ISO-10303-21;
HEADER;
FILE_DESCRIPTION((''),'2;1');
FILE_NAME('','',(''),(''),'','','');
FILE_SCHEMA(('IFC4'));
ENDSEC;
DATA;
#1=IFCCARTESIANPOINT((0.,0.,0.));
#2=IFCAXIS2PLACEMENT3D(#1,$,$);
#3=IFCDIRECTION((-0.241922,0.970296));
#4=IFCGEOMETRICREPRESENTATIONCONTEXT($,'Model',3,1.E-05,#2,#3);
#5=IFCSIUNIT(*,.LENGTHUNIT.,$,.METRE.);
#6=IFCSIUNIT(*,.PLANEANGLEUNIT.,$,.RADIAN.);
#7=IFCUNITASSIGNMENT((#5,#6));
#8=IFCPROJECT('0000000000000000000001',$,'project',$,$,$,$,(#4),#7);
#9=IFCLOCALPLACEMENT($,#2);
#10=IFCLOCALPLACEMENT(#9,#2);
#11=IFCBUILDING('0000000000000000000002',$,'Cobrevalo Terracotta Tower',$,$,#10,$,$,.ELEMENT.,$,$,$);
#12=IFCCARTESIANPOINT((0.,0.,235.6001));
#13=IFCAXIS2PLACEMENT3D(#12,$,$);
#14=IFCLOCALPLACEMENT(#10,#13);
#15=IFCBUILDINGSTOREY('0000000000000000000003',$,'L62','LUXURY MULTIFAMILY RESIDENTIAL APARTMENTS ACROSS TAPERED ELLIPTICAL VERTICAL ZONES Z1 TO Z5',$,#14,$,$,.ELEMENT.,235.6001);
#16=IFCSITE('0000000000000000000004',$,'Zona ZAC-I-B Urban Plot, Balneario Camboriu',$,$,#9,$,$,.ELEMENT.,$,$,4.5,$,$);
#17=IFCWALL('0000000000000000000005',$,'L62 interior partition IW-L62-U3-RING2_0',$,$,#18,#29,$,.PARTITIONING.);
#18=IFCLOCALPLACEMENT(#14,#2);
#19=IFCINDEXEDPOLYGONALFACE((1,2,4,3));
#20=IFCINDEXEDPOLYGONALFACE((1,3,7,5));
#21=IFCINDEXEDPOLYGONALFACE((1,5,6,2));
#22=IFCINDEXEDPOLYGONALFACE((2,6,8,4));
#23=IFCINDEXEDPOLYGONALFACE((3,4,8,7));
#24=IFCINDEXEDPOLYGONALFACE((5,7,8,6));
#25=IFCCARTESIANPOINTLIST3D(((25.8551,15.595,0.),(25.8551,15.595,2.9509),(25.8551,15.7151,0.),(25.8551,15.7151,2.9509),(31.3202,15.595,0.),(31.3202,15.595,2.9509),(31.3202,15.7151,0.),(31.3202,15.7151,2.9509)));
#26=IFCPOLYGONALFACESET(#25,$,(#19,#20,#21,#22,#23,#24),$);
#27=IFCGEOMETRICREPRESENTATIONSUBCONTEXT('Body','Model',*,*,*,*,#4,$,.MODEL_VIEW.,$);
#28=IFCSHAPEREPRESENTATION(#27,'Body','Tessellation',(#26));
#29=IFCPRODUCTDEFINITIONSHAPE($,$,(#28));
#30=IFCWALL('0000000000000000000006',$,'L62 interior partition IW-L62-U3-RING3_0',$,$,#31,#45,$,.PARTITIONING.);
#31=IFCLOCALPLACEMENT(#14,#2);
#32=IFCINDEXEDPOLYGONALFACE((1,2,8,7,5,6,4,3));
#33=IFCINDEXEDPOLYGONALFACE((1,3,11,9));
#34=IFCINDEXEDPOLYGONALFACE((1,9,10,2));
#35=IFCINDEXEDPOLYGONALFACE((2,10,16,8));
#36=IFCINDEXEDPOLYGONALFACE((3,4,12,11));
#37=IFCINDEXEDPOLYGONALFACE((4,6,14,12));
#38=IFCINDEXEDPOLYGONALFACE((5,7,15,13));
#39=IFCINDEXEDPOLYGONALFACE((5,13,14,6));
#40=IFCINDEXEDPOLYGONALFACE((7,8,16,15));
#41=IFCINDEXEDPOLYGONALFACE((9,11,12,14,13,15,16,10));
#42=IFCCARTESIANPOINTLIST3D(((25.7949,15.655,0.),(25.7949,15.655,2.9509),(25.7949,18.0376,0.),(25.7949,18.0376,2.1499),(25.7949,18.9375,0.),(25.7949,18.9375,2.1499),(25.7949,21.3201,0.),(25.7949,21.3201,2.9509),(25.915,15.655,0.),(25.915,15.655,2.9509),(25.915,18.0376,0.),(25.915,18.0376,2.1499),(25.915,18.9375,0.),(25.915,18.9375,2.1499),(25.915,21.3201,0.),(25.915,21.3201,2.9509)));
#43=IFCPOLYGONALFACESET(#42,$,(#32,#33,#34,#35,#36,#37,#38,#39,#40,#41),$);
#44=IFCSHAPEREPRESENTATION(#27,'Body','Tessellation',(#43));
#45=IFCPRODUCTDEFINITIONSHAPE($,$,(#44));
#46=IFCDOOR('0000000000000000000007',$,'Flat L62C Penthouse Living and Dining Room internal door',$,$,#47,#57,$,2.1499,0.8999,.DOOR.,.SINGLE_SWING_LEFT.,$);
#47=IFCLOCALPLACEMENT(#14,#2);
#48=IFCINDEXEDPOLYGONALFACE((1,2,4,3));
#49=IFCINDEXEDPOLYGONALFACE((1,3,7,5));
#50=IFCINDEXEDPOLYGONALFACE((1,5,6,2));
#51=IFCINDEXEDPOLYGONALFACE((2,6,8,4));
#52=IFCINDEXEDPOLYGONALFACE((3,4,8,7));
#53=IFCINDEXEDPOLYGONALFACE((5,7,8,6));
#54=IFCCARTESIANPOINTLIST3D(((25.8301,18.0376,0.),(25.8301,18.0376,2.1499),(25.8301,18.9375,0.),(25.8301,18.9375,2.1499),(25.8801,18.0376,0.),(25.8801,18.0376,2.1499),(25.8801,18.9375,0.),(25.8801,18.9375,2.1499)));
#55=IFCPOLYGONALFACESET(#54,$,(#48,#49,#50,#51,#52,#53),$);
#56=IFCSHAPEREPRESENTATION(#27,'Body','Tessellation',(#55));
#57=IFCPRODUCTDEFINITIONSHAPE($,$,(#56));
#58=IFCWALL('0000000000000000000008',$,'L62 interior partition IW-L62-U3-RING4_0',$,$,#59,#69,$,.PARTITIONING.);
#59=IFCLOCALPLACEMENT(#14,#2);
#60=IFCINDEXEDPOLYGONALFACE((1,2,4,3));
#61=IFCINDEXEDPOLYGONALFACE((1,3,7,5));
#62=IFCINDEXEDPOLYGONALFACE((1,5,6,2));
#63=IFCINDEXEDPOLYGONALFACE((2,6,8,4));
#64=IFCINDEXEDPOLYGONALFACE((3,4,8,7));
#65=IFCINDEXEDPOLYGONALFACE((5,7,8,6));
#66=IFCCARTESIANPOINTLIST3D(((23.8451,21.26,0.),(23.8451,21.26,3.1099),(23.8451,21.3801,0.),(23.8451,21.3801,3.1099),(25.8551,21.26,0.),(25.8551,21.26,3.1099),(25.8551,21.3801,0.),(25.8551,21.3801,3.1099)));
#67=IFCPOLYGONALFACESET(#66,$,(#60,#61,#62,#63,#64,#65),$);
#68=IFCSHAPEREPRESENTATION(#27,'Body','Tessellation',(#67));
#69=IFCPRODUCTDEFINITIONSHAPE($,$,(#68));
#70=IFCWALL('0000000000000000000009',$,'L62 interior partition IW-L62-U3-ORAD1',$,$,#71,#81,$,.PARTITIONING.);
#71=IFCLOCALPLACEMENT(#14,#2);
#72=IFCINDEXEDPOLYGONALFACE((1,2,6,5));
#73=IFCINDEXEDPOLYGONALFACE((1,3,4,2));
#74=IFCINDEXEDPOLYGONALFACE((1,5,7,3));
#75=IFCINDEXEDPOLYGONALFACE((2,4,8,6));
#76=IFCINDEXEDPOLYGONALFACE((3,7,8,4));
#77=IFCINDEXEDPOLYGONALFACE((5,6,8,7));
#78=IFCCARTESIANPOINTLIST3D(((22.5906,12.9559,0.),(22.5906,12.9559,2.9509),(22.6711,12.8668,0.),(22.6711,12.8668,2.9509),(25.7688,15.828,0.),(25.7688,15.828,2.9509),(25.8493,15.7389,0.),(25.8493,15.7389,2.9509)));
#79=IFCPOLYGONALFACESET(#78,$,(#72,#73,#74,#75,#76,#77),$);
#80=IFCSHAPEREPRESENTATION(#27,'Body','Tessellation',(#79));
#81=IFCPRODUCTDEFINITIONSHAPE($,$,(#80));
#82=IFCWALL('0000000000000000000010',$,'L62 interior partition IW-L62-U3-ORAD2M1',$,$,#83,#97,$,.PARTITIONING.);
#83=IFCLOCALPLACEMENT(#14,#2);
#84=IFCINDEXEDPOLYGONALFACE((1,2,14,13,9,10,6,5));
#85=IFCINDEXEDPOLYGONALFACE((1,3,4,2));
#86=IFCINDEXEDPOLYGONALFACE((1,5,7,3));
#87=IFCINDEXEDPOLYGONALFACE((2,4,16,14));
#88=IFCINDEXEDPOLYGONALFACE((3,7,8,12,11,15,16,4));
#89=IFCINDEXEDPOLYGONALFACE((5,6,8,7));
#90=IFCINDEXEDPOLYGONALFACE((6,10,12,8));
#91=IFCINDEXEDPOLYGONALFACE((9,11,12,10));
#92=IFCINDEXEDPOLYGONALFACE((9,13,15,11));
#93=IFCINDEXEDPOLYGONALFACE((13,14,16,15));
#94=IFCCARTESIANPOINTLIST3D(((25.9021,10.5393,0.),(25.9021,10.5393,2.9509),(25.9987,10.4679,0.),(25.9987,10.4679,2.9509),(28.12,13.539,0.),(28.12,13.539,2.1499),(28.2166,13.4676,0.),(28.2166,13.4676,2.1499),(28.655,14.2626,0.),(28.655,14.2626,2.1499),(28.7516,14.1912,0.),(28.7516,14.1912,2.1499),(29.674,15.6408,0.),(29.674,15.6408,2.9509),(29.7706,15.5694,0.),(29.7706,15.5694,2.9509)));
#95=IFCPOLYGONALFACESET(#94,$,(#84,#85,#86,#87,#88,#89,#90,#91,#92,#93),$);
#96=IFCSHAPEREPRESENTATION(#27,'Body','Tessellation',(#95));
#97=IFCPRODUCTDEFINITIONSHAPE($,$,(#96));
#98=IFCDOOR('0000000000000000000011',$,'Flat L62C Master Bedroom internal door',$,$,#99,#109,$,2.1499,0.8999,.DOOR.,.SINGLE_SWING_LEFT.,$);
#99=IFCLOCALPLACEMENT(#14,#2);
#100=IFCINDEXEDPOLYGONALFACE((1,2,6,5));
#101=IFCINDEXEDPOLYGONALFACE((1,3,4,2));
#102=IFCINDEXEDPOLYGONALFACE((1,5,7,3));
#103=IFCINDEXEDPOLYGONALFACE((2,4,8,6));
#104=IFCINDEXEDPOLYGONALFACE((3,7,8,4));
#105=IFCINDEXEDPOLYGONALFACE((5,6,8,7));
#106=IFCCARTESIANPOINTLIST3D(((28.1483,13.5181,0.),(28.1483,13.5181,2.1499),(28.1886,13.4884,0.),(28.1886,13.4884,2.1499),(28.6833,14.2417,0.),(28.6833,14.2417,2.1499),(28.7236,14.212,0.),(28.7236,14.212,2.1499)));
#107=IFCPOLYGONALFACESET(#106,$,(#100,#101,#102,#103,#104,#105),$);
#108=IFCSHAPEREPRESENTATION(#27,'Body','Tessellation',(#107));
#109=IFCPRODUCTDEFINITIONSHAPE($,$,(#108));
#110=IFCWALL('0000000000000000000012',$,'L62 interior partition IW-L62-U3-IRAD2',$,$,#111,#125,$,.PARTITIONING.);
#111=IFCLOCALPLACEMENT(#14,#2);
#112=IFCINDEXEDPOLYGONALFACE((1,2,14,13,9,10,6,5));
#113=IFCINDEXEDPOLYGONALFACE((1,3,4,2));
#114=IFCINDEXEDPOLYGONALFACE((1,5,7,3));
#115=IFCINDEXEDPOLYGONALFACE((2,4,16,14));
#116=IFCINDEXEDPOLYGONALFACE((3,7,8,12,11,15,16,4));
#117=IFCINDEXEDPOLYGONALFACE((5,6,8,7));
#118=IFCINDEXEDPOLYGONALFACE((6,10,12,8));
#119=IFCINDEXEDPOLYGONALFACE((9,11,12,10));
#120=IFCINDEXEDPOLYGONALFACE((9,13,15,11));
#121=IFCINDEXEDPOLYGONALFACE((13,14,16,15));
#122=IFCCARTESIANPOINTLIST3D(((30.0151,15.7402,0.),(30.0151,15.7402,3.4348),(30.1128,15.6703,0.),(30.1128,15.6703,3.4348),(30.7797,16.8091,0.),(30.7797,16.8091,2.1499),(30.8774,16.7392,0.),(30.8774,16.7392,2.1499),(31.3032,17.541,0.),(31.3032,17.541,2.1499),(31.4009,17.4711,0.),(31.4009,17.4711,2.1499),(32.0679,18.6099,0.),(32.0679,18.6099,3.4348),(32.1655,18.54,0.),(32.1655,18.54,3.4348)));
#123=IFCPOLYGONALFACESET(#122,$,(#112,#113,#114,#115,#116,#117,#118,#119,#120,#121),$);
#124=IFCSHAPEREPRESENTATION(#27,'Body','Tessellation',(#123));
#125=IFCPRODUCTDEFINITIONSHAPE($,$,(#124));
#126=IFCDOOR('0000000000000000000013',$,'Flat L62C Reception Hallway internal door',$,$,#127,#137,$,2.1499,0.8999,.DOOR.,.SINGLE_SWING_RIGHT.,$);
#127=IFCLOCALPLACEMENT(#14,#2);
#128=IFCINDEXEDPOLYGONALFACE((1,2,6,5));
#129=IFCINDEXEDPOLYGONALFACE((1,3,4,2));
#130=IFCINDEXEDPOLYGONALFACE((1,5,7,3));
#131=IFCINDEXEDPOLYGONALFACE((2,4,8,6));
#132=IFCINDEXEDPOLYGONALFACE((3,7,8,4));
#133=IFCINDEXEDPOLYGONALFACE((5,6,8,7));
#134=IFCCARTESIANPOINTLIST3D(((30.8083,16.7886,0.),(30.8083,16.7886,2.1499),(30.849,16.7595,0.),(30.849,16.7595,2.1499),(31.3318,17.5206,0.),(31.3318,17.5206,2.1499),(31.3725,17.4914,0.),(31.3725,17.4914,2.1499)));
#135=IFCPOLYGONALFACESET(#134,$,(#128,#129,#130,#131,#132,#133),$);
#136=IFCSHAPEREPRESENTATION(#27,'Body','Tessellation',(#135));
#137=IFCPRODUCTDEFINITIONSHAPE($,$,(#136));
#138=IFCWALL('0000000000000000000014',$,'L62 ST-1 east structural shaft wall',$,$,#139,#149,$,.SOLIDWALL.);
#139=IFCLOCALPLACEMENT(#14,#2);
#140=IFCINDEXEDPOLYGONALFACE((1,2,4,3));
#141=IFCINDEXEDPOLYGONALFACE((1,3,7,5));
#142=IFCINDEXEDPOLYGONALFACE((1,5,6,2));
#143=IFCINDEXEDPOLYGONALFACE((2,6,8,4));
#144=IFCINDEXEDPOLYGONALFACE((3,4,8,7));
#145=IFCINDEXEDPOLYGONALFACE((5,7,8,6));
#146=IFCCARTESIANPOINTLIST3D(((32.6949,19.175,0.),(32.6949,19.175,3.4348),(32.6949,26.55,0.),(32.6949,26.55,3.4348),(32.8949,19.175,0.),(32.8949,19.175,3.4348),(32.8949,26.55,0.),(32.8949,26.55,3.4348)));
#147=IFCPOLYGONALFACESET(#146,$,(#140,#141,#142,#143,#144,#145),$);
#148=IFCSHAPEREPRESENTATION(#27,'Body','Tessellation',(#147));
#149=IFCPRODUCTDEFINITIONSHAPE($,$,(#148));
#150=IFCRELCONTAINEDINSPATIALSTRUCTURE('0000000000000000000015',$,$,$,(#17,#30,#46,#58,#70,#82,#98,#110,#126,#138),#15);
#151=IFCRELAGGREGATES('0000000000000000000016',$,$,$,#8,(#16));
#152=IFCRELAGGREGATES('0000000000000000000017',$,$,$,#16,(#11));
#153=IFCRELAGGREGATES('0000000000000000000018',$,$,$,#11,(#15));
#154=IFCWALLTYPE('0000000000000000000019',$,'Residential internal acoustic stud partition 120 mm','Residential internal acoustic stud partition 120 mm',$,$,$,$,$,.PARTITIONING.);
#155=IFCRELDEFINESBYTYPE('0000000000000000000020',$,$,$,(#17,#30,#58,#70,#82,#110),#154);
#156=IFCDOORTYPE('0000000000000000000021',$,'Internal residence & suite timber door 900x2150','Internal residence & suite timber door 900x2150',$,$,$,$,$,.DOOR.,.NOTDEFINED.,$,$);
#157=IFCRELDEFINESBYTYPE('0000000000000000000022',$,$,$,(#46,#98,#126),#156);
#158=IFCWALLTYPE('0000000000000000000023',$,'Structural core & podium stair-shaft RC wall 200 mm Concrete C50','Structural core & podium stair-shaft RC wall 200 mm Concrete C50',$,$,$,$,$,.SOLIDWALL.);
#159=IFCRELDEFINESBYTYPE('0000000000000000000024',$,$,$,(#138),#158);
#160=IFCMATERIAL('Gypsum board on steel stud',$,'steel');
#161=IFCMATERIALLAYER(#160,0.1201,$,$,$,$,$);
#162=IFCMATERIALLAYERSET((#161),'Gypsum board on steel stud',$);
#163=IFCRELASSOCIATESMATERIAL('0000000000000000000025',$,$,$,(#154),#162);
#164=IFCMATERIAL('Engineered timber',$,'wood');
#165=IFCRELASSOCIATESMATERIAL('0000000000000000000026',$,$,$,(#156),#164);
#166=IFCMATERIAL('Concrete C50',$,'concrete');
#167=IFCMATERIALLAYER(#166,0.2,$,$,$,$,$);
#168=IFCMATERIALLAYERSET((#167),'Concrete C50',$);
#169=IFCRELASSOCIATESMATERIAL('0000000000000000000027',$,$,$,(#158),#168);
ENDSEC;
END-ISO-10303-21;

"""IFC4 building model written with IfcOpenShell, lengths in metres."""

from ifc_helpers import new_model, si_unit, direction, frame, frame_2d, origin, place, context, subcontext, project, spatial, rectangle, extrude, source, transform, mapped, material, layer, layer_set, type_object, element, fill, save


model = new_model("IFC4")

# Units and contexts
model_context = context("Model", 3, precision=1e-05, world=origin(), true_north=direction((-0.241922, 0.970296)))
body_context = subcontext(model_context, "Body", "Model", "MODEL_VIEW")
ifc_project = project(units=[si_unit("LENGTHUNIT", "METRE"), si_unit("PLANEANGLEUNIT", "RADIAN")], contexts=[model_context])

# Site, building, storey
site_placement = place(None, origin())
site = spatial("IfcSite", under=ifc_project, at=site_placement, Name="Zona ZAC-I-B Urban Plot, Balneario Camboriu", CompositionType="ELEMENT", RefElevation=4.5)
building_placement = place(site_placement, origin())
building = spatial("IfcBuilding", under=site, at=building_placement, Name="Cobrevalo Terracotta Tower", CompositionType="ELEMENT")
storey_placement = place(building_placement, frame((0.0, 0.0, 235.6001)))
storey = spatial("IfcBuildingStorey", under=building, at=storey_placement, Name="L62", Description="LUXURY MULTIFAMILY RESIDENTIAL APARTMENTS ACROSS TAPERED ELLIPTICAL VERTICAL ZONES Z1 TO Z5", CompositionType="ELEMENT", Elevation=235.6001)

# Shared definitions
ifc_material_1 = material(Name="Concrete C50", Category="concrete")

# Wall
ifc_material_2 = material(Name="Gypsum board on steel stud", Category="steel")
ifc_layer_1 = layer(ifc_material_2, 0.1201)
ifc_layer_set_1 = layer_set([ifc_layer_1], Name="Gypsum board on steel stud")
wall_type_1 = type_object("IfcWallType", Name="Residential internal acoustic stud partition 120 mm", Description="Residential internal acoustic stud partition 120 mm", PredefinedType="PARTITIONING", material=ifc_layer_set_1)
wall_1_placement = place(storey_placement, frame((31.3201, 15.655, 0.0), z_axis=(0.0, 0.0, 1.0), x_axis=(-1.0, 0.0, 0.0)))
element("IfcWall", 1, at=wall_1_placement, inside=storey, type_object=wall_type_1, Name="L62 interior partition IW-L62-U3-RING2_0", PredefinedType="PARTITIONING", context=body_context, shape_type="SweptSolid", body=[
    extrude(rectangle(XDim=5.4651, YDim=0.1201, at=frame_2d((2.7324, 0.0))), origin(), (0.0, 0.0, 1.0), 2.9509),
])

# Wall, opening, door
wall_2_placement = place(storey_placement, frame((25.855, 15.655, 0.0), z_axis=(0.0, 0.0, 1.0), x_axis=(0.0, 1.0, 0.0)))
wall_2 = element("IfcWall", 2, at=wall_2_placement, inside=storey, type_object=wall_type_1, Name="L62 interior partition IW-L62-U3-RING3_0", PredefinedType="PARTITIONING", context=body_context, shape_type="SweptSolid", body=[
    extrude(rectangle(XDim=5.665, YDim=0.1201, at=frame_2d((2.8325, 0.0))), origin(), (0.0, 0.0, 1.0), 2.9509),
])
opening_1_placement = place(wall_2_placement, frame((2.3826, 0.0, 0.0)))
opening_1 = element("IfcOpeningElement", 3, at=opening_1_placement, cuts=wall_2, PredefinedType="OPENING", context=body_context, shape_type="SweptSolid", body=[
    extrude(rectangle(XDim=0.8999, YDim=2.1499, at=frame_2d((0.45, 1.075))), frame((0.0, 0.0701, 0.0), z_axis=(0.0, -1.0, 0.0), x_axis=(1.0, 0.0, 0.0)), (0.0, 0.0, 1.0), 0.1401),
])
ifc_material_3 = material(Name="Engineered timber", Category="wood")
door_type_1 = type_object("IfcDoorType", Name="Internal residence & suite timber door 900x2150", Description="Internal residence & suite timber door 900x2150", OperationType="NOTDEFINED", PredefinedType="DOOR", material=ifc_material_3)
shared_shape_1 = source(origin(), body_context, "Body", "SweptSolid", [
    extrude(rectangle(XDim=0.8999, YDim=2.1499, at=frame_2d((0.45, 1.075))), frame((0.0, 0.0249, 0.0), z_axis=(0.0, -1.0, 0.0), x_axis=(1.0, 0.0, 0.0)), (0.0, 0.0, 1.0), 0.05),
])
door_1_placement = place(opening_1_placement, origin())
door_1 = element("IfcDoor", 4, at=door_1_placement, inside=storey, type_object=door_type_1, Name="Flat L62C Penthouse Living and Dining Room internal door", OperationType="SINGLE_SWING_LEFT", OverallHeight=2.1499, OverallWidth=0.8999, PredefinedType="DOOR", context=body_context, shape_type="MappedRepresentation", body=[
    mapped(shared_shape_1, transform((0.0, 0.0, 0.0), scale=1.0)),
])
fill(opening_1, door_1)

# Walls
wall_3_placement = place(storey_placement, frame((25.855, 21.3201, 0.0), z_axis=(0.0, 0.0, 1.0), x_axis=(-1.0, 0.0, 0.0)))
element("IfcWall", 5, at=wall_3_placement, inside=storey, type_object=wall_type_1, Name="L62 interior partition IW-L62-U3-RING4_0", PredefinedType="PARTITIONING", context=body_context, shape_type="SweptSolid", body=[
    extrude(rectangle(XDim=2.01, YDim=0.1201, at=frame_2d((1.0049, 0.0))), origin(), (0.0, 0.0, 1.0), 3.1099),
])
wall_4_placement = place(storey_placement, frame((25.8091, 15.7834, 0.0), z_axis=(0.0, 0.0, 1.0), x_axis=(-0.741938, -0.670468, 0.0)))
element("IfcWall", 6, at=wall_4_placement, inside=storey, type_object=wall_type_1, Name="L62 interior partition IW-L62-U3-ORAD1", PredefinedType="PARTITIONING", context=body_context, shape_type="SweptSolid", body=[
    extrude(rectangle(XDim=4.2837, YDim=0.1201, at=frame_2d((2.1418, 0.0))), origin(), (0.0, 0.0, 1.0), 2.9509),
])

# Walls, openings, doors
wall_5_placement = place(storey_placement, frame((29.7224, 15.6052, 0.0), z_axis=(0.0, 0.0, 1.0), x_axis=(-0.594519, -0.804082, 0.0)))
wall_5 = element("IfcWall", 7, at=wall_5_placement, inside=storey, type_object=wall_type_1, Name="L62 interior partition IW-L62-U3-ORAD2M1", PredefinedType="PARTITIONING", context=body_context, shape_type="SweptSolid", body=[
    extrude(rectangle(XDim=6.3445, YDim=0.1201, at=frame_2d((3.1724, 0.0))), origin(), (0.0, 0.0, 1.0), 2.9509),
])
opening_2_placement = place(wall_5_placement, frame((1.7141, 0.0, 0.0)))
opening_2 = element("IfcOpeningElement", 8, at=opening_2_placement, cuts=wall_5, PredefinedType="OPENING", context=body_context, shape_type="SweptSolid", body=[
    extrude(rectangle(XDim=0.8999, YDim=2.1499, at=frame_2d((0.45, 1.075))), frame((0.0, 0.0701, 0.0), z_axis=(0.0, -1.0, 0.0), x_axis=(1.0, 0.0, 0.0)), (0.0, 0.0, 1.0), 0.1401),
])
door_2_placement = place(opening_2_placement, frame((0.8999, 0.0, 0.0), z_axis=(0.0, 0.0, 1.0), x_axis=(-1.0, 0.0, 0.0)))
door_2 = element("IfcDoor", 9, at=door_2_placement, inside=storey, type_object=door_type_1, Name="Flat L62C Master Bedroom internal door", OperationType="SINGLE_SWING_LEFT", OverallHeight=2.1499, OverallWidth=0.8999, PredefinedType="DOOR", context=body_context, shape_type="MappedRepresentation", body=[
    mapped(shared_shape_1, transform((0.0, 0.0, 0.0), scale=1.0)),
])
fill(opening_2, door_2)
wall_6_placement = place(storey_placement, frame((32.1167, 18.575, 0.0), z_axis=(0.0, 0.0, 1.0), x_axis=(-0.581801, -0.813331, 0.0)))
wall_6 = element("IfcWall", 10, at=wall_6_placement, inside=storey, type_object=wall_type_1, Name="L62 interior partition IW-L62-U3-IRAD2", PredefinedType="PARTITIONING", context=body_context, shape_type="SweptSolid", body=[
    extrude(rectangle(XDim=3.5283, YDim=0.1201, at=frame_2d((1.7642, 0.0))), origin(), (0.0, 0.0, 1.0), 3.4348),
])
opening_3_placement = place(wall_6_placement, frame((1.3142, 0.0, 0.0)))
opening_3 = element("IfcOpeningElement", 11, at=opening_3_placement, cuts=wall_6, PredefinedType="OPENING", context=body_context, shape_type="SweptSolid", body=[
    extrude(rectangle(XDim=0.8999, YDim=2.1499, at=frame_2d((0.45, 1.075))), frame((0.0, 0.0701, 0.0), z_axis=(0.0, -1.0, 0.0), x_axis=(1.0, 0.0, 0.0)), (0.0, 0.0, 1.0), 0.1401),
])
door_3_placement = place(opening_3_placement, frame((0.8999, 0.0, 0.0), z_axis=(0.0, 0.0, 1.0), x_axis=(-1.0, 0.0, 0.0)))
door_3 = element("IfcDoor", 12, at=door_3_placement, inside=storey, type_object=door_type_1, Name="Flat L62C Reception Hallway internal door", OperationType="SINGLE_SWING_RIGHT", OverallHeight=2.1499, OverallWidth=0.8999, PredefinedType="DOOR", context=body_context, shape_type="MappedRepresentation", body=[
    mapped(shared_shape_1, transform((0.0, 0.0, 0.0), scale=1.0)),
])
fill(opening_3, door_3)

# Wall
ifc_layer_2 = layer(ifc_material_1, 0.2)
ifc_layer_set_2 = layer_set([ifc_layer_2], Name="Concrete C50")
wall_type_2 = type_object("IfcWallType", Name="Structural core & podium stair-shaft RC wall 200 mm Concrete C50", Description="Structural core & podium stair-shaft RC wall 200 mm Concrete C50", PredefinedType="SOLIDWALL", material=ifc_layer_set_2)
wall_7_placement = place(storey_placement, frame((32.7949, 19.175, 0.0), z_axis=(0.0, 0.0, 1.0), x_axis=(0.0, 1.0, 0.0)))
element("IfcWall", 13, at=wall_7_placement, inside=storey, type_object=wall_type_2, Name="L62 ST-1 east structural shaft wall", PredefinedType="SOLIDWALL", context=body_context, shape_type="SweptSolid", body=[
    extrude(rectangle(XDim=7.375, YDim=0.2, at=frame_2d((3.6875, 0.0))), origin(), (0.0, 0.0, 1.0), 3.4348),
])

save(model, "model.ifc")
